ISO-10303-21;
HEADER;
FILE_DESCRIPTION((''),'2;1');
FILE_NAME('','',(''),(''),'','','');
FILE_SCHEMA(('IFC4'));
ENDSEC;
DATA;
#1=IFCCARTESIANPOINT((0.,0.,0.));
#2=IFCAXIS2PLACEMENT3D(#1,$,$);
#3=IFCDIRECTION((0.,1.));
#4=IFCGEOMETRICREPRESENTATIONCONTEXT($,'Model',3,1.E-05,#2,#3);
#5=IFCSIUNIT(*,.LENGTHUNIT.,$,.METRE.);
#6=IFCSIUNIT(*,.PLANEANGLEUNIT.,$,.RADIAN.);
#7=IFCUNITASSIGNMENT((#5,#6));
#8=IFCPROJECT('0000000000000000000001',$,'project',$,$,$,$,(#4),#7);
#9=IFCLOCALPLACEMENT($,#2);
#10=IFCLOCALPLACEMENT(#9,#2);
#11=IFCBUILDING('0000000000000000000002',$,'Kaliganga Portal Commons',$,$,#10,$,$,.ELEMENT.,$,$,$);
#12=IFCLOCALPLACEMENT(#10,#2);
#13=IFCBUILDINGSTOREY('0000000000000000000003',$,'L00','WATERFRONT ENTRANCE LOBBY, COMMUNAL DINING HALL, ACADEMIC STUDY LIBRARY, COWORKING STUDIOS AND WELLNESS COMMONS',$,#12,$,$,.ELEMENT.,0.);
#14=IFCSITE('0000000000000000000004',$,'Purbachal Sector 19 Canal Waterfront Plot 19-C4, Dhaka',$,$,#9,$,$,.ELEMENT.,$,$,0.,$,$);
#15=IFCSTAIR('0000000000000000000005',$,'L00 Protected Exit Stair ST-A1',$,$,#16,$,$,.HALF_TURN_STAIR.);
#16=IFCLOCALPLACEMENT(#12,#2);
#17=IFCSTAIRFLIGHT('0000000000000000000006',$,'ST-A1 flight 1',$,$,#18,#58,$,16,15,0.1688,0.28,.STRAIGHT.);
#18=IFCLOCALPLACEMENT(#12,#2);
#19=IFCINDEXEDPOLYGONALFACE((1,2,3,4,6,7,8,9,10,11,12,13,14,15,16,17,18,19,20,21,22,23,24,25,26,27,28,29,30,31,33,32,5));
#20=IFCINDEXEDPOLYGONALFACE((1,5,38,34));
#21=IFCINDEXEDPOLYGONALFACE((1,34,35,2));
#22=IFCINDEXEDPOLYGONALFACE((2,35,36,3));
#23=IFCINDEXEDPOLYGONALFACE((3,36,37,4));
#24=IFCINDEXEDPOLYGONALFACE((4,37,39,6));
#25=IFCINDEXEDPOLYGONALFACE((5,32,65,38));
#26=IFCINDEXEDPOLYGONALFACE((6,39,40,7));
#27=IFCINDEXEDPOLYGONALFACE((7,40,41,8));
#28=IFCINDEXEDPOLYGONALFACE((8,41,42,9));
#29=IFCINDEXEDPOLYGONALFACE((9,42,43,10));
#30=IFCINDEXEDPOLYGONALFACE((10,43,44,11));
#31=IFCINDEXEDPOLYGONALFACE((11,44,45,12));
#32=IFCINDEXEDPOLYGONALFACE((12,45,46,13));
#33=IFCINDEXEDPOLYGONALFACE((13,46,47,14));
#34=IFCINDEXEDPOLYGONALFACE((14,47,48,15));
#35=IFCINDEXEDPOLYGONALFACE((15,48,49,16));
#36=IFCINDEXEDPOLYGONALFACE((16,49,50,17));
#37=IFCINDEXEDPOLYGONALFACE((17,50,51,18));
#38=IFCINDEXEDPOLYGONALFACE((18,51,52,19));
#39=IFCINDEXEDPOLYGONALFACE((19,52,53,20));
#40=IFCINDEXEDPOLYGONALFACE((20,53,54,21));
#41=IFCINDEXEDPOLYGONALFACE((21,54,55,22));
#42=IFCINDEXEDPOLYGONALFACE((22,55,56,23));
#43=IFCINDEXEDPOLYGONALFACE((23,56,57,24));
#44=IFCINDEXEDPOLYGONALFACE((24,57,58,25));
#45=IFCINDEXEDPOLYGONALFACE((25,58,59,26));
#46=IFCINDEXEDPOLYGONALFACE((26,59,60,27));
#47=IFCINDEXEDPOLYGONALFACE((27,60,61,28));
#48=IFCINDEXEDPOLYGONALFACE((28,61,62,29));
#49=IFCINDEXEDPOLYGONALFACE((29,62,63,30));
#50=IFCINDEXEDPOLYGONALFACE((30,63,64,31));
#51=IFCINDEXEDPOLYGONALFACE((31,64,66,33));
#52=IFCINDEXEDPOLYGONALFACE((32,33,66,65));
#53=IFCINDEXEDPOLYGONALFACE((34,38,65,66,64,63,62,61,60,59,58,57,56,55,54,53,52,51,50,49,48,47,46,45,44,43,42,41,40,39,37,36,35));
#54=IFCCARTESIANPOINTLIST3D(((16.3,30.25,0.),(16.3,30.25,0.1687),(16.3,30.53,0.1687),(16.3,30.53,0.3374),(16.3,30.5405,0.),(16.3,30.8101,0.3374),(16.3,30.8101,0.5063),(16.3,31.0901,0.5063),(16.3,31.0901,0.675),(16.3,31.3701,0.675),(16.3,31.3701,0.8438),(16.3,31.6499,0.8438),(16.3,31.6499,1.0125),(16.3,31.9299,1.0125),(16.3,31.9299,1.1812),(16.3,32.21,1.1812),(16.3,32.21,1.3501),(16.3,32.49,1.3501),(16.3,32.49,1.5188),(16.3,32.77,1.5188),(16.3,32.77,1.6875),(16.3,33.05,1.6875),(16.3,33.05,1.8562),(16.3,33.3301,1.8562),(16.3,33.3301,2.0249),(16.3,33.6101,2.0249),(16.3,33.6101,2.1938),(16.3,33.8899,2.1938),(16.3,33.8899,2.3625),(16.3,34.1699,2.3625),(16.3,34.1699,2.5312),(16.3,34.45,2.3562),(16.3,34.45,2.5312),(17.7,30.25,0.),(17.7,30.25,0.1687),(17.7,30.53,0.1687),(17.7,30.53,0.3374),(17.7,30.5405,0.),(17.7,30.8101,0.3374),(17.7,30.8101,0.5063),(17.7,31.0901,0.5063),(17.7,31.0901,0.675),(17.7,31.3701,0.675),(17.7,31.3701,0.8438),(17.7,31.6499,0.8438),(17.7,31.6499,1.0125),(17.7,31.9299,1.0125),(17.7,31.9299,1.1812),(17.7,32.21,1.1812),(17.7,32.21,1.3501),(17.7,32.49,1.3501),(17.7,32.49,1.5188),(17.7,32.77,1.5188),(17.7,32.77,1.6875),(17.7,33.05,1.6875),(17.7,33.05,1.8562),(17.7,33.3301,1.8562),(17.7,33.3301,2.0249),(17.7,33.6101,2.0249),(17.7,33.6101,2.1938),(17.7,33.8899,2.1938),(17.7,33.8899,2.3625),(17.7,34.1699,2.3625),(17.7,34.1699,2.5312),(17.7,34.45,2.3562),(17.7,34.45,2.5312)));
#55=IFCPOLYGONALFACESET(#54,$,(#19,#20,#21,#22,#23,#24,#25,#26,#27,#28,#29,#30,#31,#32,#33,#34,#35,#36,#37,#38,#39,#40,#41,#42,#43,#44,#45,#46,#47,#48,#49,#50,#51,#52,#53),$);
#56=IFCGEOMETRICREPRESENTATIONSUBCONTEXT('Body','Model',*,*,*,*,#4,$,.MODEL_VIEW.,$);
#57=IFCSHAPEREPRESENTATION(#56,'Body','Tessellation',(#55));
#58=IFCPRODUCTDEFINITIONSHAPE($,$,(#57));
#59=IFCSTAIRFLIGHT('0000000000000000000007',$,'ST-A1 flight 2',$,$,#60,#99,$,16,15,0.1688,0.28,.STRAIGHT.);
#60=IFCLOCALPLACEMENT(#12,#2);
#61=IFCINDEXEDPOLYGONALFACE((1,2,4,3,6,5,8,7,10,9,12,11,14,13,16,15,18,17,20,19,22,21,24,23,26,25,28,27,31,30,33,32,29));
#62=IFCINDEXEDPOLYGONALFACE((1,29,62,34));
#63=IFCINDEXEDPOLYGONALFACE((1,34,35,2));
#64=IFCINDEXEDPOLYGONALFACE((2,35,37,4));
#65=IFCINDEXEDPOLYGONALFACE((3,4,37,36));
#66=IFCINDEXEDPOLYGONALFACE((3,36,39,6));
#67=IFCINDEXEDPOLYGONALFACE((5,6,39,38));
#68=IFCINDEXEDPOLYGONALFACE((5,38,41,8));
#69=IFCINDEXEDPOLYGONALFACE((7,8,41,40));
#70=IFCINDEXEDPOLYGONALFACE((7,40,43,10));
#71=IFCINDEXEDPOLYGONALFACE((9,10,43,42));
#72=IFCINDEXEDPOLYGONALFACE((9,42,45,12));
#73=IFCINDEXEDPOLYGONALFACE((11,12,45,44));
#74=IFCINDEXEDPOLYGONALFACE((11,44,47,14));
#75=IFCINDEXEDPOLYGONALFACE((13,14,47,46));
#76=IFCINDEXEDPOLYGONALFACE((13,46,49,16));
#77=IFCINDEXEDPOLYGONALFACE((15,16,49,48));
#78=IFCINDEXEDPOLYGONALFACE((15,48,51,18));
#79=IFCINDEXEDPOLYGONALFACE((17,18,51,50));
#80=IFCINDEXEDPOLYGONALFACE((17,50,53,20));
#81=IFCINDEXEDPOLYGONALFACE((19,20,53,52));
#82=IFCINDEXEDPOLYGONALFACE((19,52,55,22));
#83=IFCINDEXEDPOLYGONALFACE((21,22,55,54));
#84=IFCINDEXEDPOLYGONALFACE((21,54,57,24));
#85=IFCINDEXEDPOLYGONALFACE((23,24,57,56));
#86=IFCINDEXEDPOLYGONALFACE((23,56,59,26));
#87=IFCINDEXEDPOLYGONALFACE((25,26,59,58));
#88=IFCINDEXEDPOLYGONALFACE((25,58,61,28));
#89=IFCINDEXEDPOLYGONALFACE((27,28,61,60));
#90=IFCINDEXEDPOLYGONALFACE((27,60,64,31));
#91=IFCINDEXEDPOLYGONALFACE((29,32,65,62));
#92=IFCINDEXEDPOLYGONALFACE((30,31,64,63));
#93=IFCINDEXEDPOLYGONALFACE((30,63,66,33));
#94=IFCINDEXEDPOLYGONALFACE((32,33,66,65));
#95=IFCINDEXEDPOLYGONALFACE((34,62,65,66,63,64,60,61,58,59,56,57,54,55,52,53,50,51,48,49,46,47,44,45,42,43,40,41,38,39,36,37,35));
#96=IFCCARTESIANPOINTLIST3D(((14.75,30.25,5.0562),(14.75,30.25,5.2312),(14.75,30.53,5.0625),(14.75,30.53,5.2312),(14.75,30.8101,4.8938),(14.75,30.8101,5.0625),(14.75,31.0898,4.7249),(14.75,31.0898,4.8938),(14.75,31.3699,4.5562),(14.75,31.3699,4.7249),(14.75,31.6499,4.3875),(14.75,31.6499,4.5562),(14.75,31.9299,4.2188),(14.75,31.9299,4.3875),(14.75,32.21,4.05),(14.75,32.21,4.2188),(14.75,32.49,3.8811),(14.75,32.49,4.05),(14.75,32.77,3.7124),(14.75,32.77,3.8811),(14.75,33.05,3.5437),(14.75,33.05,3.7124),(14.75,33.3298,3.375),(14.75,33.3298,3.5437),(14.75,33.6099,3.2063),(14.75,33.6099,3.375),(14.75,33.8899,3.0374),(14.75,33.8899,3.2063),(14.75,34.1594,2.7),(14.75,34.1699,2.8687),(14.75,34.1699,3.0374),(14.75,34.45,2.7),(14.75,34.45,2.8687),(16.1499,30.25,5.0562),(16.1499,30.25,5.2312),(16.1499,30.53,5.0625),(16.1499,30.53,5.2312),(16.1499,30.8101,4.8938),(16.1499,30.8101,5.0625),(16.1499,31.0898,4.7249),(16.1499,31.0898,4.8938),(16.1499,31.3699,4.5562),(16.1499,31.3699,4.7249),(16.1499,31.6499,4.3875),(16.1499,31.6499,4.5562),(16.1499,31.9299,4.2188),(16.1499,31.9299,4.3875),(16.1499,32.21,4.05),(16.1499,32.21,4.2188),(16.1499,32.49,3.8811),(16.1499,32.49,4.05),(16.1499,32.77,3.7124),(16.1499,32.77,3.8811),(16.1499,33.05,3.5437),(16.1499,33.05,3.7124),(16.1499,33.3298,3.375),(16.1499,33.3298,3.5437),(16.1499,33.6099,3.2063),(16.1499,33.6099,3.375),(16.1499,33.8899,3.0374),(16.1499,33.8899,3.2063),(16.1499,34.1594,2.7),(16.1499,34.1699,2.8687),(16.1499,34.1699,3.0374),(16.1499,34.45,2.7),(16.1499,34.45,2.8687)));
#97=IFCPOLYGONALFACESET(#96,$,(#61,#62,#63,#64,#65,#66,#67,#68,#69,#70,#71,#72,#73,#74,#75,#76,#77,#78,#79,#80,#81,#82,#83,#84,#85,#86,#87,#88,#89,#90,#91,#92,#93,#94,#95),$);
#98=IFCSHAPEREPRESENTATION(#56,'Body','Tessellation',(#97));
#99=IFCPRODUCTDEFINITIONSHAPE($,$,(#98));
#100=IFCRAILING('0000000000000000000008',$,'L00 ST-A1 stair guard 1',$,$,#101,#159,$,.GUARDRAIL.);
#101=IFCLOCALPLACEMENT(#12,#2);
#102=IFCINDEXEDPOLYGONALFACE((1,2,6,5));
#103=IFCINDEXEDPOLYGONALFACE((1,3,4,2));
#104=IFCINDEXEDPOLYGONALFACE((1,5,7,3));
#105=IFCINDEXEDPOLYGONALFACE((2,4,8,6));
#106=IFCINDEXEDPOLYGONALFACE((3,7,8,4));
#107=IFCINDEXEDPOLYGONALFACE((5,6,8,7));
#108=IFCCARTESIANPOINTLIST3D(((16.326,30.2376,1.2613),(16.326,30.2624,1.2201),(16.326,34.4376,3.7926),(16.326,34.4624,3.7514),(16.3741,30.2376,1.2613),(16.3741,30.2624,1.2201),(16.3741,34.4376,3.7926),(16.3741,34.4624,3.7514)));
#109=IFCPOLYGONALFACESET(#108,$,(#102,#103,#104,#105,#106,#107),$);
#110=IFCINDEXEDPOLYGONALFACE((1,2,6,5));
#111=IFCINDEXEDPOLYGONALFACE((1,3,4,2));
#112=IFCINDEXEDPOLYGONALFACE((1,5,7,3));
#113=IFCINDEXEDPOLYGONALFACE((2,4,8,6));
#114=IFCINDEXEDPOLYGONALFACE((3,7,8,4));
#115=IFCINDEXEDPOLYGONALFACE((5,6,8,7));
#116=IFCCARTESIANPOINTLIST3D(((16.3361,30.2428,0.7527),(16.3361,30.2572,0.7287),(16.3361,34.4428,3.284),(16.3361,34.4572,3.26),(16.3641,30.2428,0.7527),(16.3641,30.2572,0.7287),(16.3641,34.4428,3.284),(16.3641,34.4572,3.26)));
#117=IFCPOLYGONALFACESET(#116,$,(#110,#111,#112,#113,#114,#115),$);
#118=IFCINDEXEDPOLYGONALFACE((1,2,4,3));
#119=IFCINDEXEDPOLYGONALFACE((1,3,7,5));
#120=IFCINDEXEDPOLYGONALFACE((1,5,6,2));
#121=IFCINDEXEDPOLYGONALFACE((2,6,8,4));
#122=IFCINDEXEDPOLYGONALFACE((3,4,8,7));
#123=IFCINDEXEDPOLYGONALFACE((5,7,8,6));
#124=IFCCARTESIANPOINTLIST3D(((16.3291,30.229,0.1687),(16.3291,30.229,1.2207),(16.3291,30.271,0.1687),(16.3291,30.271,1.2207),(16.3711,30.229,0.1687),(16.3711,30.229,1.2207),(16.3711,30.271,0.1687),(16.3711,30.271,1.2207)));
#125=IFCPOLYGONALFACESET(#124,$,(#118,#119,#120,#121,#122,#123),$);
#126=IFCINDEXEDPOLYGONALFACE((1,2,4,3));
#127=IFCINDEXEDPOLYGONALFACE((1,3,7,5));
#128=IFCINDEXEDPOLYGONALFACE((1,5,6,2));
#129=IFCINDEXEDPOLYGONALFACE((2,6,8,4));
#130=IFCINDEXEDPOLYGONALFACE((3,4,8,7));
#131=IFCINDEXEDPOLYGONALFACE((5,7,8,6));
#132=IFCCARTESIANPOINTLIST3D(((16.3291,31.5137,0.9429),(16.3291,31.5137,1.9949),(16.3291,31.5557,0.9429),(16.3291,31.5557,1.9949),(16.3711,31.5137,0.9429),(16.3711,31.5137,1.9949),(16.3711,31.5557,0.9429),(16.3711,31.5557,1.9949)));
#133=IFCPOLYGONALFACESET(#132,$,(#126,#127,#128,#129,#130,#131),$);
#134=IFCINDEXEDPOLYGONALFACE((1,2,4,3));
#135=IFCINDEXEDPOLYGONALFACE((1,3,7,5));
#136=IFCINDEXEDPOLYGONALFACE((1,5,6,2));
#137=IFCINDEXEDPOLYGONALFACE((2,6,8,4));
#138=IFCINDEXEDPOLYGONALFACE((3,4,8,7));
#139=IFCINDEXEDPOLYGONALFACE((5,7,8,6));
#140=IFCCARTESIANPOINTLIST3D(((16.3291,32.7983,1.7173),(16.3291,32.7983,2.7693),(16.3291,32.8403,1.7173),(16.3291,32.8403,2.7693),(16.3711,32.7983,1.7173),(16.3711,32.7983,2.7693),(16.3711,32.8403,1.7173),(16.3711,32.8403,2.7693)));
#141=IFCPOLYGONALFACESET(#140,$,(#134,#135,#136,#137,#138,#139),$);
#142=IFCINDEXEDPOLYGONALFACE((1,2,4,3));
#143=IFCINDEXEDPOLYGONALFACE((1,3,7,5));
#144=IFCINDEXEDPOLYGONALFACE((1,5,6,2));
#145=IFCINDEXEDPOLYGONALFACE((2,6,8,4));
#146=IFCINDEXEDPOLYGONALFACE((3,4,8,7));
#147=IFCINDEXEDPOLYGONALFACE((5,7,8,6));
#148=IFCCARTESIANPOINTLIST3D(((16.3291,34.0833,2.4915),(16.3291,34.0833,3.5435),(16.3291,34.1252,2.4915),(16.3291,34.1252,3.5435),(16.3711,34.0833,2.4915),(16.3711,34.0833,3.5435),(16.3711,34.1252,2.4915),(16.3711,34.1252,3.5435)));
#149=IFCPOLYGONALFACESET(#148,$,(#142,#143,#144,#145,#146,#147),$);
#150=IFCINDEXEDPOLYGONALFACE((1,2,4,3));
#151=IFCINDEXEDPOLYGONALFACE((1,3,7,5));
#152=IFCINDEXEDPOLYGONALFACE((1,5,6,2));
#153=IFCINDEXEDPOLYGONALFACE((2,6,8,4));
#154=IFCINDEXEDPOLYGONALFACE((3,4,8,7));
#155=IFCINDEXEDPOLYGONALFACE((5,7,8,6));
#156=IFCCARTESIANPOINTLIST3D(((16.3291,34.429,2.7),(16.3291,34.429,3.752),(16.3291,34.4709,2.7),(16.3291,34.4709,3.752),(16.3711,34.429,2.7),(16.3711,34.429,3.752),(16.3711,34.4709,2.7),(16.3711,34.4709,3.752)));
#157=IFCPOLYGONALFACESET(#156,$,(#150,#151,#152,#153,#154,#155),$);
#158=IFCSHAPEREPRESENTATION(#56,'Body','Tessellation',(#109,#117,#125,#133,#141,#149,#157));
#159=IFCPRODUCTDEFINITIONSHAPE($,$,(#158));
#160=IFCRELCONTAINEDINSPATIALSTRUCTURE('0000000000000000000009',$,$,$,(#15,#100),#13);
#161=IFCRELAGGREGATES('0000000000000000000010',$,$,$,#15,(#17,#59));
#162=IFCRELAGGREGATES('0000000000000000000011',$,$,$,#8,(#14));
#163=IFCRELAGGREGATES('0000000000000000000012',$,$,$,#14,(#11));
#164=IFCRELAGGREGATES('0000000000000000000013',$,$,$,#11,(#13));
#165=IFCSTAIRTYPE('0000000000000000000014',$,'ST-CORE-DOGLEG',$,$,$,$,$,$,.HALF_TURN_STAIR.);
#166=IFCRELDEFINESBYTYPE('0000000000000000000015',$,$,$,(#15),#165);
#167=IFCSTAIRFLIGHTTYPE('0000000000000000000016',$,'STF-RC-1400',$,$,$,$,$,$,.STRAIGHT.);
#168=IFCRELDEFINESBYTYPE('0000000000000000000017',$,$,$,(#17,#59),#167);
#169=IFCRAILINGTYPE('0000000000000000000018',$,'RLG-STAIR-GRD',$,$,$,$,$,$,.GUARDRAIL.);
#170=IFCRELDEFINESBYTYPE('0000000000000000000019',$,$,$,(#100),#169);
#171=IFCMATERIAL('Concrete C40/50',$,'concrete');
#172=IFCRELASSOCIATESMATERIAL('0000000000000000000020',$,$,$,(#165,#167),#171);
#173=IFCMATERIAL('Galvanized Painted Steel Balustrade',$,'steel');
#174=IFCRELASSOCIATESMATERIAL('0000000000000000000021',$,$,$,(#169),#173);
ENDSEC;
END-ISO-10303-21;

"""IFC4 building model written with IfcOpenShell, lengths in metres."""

from ifc_helpers import new_model, si_unit, direction, frame, origin, origin_2d, place, context, subcontext, project, spatial, polyline, rectangle, outline, extrude, material, type_object, element, aggregate, save


model = new_model("IFC4")

# Units and contexts
model_context = context("Model", 3, precision=1e-05, world=origin(), true_north=direction((0.0, 1.0)))
body_context = subcontext(model_context, "Body", "Model", "MODEL_VIEW")
ifc_project = project(units=[si_unit("LENGTHUNIT", "METRE"), si_unit("PLANEANGLEUNIT", "RADIAN")], contexts=[model_context])

# Site, building, storey
site_placement = place(None, origin())
site = spatial("IfcSite", under=ifc_project, at=site_placement, Name="Purbachal Sector 19 Canal Waterfront Plot 19-C4, Dhaka", CompositionType="ELEMENT", RefElevation=0.0)
building_placement = place(site_placement, origin())
building = spatial("IfcBuilding", under=site, at=building_placement, Name="Kaliganga Portal Commons", CompositionType="ELEMENT")
storey_placement = place(building_placement, origin())
storey = spatial("IfcBuildingStorey", under=building, at=storey_placement, Name="L00", Description="WATERFRONT ENTRANCE LOBBY, COMMUNAL DINING HALL, ACADEMIC STUDY LIBRARY, COWORKING STUDIOS AND WELLNESS COMMONS", CompositionType="ELEMENT", Elevation=0.0)

# Stair, stair flights
ifc_material_1 = material(Name="Concrete C40/50", Category="concrete")
stair_type = type_object("IfcStairType", Name="ST-CORE-DOGLEG", PredefinedType="HALF_TURN_STAIR", material=ifc_material_1)
stair_placement = place(storey_placement, origin())
stair = element("IfcStair", 1, at=stair_placement, inside=storey, type_object=stair_type, Name="L00 Protected Exit Stair ST-A1", PredefinedType="HALF_TURN_STAIR")
stair_flight_type = type_object("IfcStairFlightType", Name="STF-RC-1400", PredefinedType="STRAIGHT", material=ifc_material_1)
stair_flight_1_placement = place(storey_placement, frame((17.0, 30.25, 0.0), z_axis=(0.0, 0.0, 1.0), x_axis=(0.0, 1.0, 0.0)))
stair_flight_1 = element("IfcStairFlight", 2, at=stair_flight_1_placement, type_object=stair_flight_type, Name="ST-A1 flight 1", NumberOfRisers=16, NumberOfTreads=15, PredefinedType="STRAIGHT", RiserHeight=0.1688, TreadLength=0.28, context=body_context, shape_type="SweptSolid", body=[
    extrude(outline(polyline([(0.0, 0.0), (0.0, 0.1687), (0.28, 0.1687), (0.28, 0.3374), (0.5601, 0.3374), (0.5601, 0.5063), (0.8401, 0.5063), (0.8401, 0.675), (1.1201, 0.675), (1.1201, 0.8438), (1.3999, 0.8438), (1.3999, 1.0125), (1.6799, 1.0125), (1.6799, 1.1812), (1.96, 1.1812), (1.96, 1.3501), (2.24, 1.3501), (2.24, 1.5188), (2.52, 1.5188), (2.52, 1.6875), (2.8, 1.6875), (2.8, 1.8562), (3.0801, 1.8562), (3.0801, 2.0249), (3.3601, 2.0249), (3.3601, 2.1938), (3.6399, 2.1938), (3.6399, 2.3625), (3.9199, 2.3625), (3.9199, 2.5312), (4.2, 2.5312), (4.2, 2.7), (4.2, 2.3562), (0.2905, 0.0), (0.0, 0.0)])), frame((0.0, 0.7, 0.0), z_axis=(0.0, -1.0, 0.0), x_axis=(1.0, 0.0, 0.0)), (0.0, 0.0, 1.0), 1.3999),
])
stair_flight_2_placement = place(storey_placement, frame((15.45, 34.45, 2.7), z_axis=(0.0, 0.0, 1.0), x_axis=(0.0, -1.0, 0.0)))
stair_flight_2 = element("IfcStairFlight", 3, at=stair_flight_2_placement, type_object=stair_flight_type, Name="ST-A1 flight 2", NumberOfRisers=16, NumberOfTreads=15, PredefinedType="STRAIGHT", RiserHeight=0.1688, TreadLength=0.28, context=body_context, shape_type="SweptSolid", body=[
    extrude(outline(polyline([(0.0, 0.0), (0.0, 0.1687), (0.28, 0.1687), (0.28, 0.3374), (0.5601, 0.3374), (0.5601, 0.5063), (0.8401, 0.5063), (0.8401, 0.675), (1.1201, 0.675), (1.1201, 0.8438), (1.3999, 0.8438), (1.3999, 1.0125), (1.6799, 1.0125), (1.6799, 1.1812), (1.96, 1.1812), (1.96, 1.3501), (2.24, 1.3501), (2.24, 1.5188), (2.52, 1.5188), (2.52, 1.6875), (2.8, 1.6875), (2.8, 1.8562), (3.0801, 1.8562), (3.0801, 2.0249), (3.3601, 2.0249), (3.3601, 2.1938), (3.6399, 2.1938), (3.6399, 2.3625), (3.9199, 2.3625), (3.9199, 2.5312), (4.2, 2.5312), (4.2, 2.7), (4.2, 2.3562), (0.2905, 0.0), (0.0, 0.0)])), frame((0.0, 0.7, 0.0), z_axis=(0.0, -1.0, 0.0), x_axis=(1.0, 0.0, 0.0)), (0.0, 0.0, 1.0), 1.3999),
])
aggregate(stair, [stair_flight_1, stair_flight_2])

# Railing
ifc_material_2 = material(Name="Galvanized Painted Steel Balustrade", Category="steel")
railing_type_1 = type_object("IfcRailingType", Name="RLG-STAIR-GRD", PredefinedType="GUARDRAIL", material=ifc_material_2)
railing_1_placement = place(storey_placement, frame((16.3501, 30.25, 0.1687)))
element("IfcRailing", 4, at=railing_1_placement, inside=storey, type_object=railing_type_1, Name="L00 ST-A1 stair guard 1", PredefinedType="GUARDRAIL", context=body_context, shape_type="SweptSolid", body=[
    extrude(rectangle(XDim=0.0481, YDim=0.0481, at=origin_2d()), frame((0.0, 0.0, 1.072), z_axis=(0.0, 0.856476, 0.516186), x_axis=(-1.0, 0.0, 0.0)), (0.0, 0.0, 1.0), 4.9038),
    extrude(rectangle(XDim=0.0281, YDim=0.0281, at=origin_2d()), frame((0.0, 0.0, 0.572), z_axis=(0.0, 0.856476, 0.516186), x_axis=(-1.0, 0.0, 0.0)), (0.0, 0.0, 1.0), 4.9038),
    extrude(rectangle(XDim=0.042, YDim=0.042, at=origin_2d()), origin(), (0.0, 0.0, 1.0), 1.052),
    extrude(rectangle(XDim=0.042, YDim=0.042, at=origin_2d()), frame((0.0, 1.2847, 0.7742)), (0.0, 0.0, 1.0), 1.052),
    extrude(rectangle(XDim=0.042, YDim=0.042, at=origin_2d()), frame((0.0, 2.5693, 1.5486)), (0.0, 0.0, 1.0), 1.052),
    extrude(rectangle(XDim=0.042, YDim=0.042, at=origin_2d()), frame((0.0, 3.8542, 2.3228)), (0.0, 0.0, 1.0), 1.052),
    extrude(rectangle(XDim=0.042, YDim=0.042, at=origin_2d()), frame((0.0, 4.2, 2.5312)), (0.0, 0.0, 1.0), 1.052),
])

save(model, "model.ifc")
